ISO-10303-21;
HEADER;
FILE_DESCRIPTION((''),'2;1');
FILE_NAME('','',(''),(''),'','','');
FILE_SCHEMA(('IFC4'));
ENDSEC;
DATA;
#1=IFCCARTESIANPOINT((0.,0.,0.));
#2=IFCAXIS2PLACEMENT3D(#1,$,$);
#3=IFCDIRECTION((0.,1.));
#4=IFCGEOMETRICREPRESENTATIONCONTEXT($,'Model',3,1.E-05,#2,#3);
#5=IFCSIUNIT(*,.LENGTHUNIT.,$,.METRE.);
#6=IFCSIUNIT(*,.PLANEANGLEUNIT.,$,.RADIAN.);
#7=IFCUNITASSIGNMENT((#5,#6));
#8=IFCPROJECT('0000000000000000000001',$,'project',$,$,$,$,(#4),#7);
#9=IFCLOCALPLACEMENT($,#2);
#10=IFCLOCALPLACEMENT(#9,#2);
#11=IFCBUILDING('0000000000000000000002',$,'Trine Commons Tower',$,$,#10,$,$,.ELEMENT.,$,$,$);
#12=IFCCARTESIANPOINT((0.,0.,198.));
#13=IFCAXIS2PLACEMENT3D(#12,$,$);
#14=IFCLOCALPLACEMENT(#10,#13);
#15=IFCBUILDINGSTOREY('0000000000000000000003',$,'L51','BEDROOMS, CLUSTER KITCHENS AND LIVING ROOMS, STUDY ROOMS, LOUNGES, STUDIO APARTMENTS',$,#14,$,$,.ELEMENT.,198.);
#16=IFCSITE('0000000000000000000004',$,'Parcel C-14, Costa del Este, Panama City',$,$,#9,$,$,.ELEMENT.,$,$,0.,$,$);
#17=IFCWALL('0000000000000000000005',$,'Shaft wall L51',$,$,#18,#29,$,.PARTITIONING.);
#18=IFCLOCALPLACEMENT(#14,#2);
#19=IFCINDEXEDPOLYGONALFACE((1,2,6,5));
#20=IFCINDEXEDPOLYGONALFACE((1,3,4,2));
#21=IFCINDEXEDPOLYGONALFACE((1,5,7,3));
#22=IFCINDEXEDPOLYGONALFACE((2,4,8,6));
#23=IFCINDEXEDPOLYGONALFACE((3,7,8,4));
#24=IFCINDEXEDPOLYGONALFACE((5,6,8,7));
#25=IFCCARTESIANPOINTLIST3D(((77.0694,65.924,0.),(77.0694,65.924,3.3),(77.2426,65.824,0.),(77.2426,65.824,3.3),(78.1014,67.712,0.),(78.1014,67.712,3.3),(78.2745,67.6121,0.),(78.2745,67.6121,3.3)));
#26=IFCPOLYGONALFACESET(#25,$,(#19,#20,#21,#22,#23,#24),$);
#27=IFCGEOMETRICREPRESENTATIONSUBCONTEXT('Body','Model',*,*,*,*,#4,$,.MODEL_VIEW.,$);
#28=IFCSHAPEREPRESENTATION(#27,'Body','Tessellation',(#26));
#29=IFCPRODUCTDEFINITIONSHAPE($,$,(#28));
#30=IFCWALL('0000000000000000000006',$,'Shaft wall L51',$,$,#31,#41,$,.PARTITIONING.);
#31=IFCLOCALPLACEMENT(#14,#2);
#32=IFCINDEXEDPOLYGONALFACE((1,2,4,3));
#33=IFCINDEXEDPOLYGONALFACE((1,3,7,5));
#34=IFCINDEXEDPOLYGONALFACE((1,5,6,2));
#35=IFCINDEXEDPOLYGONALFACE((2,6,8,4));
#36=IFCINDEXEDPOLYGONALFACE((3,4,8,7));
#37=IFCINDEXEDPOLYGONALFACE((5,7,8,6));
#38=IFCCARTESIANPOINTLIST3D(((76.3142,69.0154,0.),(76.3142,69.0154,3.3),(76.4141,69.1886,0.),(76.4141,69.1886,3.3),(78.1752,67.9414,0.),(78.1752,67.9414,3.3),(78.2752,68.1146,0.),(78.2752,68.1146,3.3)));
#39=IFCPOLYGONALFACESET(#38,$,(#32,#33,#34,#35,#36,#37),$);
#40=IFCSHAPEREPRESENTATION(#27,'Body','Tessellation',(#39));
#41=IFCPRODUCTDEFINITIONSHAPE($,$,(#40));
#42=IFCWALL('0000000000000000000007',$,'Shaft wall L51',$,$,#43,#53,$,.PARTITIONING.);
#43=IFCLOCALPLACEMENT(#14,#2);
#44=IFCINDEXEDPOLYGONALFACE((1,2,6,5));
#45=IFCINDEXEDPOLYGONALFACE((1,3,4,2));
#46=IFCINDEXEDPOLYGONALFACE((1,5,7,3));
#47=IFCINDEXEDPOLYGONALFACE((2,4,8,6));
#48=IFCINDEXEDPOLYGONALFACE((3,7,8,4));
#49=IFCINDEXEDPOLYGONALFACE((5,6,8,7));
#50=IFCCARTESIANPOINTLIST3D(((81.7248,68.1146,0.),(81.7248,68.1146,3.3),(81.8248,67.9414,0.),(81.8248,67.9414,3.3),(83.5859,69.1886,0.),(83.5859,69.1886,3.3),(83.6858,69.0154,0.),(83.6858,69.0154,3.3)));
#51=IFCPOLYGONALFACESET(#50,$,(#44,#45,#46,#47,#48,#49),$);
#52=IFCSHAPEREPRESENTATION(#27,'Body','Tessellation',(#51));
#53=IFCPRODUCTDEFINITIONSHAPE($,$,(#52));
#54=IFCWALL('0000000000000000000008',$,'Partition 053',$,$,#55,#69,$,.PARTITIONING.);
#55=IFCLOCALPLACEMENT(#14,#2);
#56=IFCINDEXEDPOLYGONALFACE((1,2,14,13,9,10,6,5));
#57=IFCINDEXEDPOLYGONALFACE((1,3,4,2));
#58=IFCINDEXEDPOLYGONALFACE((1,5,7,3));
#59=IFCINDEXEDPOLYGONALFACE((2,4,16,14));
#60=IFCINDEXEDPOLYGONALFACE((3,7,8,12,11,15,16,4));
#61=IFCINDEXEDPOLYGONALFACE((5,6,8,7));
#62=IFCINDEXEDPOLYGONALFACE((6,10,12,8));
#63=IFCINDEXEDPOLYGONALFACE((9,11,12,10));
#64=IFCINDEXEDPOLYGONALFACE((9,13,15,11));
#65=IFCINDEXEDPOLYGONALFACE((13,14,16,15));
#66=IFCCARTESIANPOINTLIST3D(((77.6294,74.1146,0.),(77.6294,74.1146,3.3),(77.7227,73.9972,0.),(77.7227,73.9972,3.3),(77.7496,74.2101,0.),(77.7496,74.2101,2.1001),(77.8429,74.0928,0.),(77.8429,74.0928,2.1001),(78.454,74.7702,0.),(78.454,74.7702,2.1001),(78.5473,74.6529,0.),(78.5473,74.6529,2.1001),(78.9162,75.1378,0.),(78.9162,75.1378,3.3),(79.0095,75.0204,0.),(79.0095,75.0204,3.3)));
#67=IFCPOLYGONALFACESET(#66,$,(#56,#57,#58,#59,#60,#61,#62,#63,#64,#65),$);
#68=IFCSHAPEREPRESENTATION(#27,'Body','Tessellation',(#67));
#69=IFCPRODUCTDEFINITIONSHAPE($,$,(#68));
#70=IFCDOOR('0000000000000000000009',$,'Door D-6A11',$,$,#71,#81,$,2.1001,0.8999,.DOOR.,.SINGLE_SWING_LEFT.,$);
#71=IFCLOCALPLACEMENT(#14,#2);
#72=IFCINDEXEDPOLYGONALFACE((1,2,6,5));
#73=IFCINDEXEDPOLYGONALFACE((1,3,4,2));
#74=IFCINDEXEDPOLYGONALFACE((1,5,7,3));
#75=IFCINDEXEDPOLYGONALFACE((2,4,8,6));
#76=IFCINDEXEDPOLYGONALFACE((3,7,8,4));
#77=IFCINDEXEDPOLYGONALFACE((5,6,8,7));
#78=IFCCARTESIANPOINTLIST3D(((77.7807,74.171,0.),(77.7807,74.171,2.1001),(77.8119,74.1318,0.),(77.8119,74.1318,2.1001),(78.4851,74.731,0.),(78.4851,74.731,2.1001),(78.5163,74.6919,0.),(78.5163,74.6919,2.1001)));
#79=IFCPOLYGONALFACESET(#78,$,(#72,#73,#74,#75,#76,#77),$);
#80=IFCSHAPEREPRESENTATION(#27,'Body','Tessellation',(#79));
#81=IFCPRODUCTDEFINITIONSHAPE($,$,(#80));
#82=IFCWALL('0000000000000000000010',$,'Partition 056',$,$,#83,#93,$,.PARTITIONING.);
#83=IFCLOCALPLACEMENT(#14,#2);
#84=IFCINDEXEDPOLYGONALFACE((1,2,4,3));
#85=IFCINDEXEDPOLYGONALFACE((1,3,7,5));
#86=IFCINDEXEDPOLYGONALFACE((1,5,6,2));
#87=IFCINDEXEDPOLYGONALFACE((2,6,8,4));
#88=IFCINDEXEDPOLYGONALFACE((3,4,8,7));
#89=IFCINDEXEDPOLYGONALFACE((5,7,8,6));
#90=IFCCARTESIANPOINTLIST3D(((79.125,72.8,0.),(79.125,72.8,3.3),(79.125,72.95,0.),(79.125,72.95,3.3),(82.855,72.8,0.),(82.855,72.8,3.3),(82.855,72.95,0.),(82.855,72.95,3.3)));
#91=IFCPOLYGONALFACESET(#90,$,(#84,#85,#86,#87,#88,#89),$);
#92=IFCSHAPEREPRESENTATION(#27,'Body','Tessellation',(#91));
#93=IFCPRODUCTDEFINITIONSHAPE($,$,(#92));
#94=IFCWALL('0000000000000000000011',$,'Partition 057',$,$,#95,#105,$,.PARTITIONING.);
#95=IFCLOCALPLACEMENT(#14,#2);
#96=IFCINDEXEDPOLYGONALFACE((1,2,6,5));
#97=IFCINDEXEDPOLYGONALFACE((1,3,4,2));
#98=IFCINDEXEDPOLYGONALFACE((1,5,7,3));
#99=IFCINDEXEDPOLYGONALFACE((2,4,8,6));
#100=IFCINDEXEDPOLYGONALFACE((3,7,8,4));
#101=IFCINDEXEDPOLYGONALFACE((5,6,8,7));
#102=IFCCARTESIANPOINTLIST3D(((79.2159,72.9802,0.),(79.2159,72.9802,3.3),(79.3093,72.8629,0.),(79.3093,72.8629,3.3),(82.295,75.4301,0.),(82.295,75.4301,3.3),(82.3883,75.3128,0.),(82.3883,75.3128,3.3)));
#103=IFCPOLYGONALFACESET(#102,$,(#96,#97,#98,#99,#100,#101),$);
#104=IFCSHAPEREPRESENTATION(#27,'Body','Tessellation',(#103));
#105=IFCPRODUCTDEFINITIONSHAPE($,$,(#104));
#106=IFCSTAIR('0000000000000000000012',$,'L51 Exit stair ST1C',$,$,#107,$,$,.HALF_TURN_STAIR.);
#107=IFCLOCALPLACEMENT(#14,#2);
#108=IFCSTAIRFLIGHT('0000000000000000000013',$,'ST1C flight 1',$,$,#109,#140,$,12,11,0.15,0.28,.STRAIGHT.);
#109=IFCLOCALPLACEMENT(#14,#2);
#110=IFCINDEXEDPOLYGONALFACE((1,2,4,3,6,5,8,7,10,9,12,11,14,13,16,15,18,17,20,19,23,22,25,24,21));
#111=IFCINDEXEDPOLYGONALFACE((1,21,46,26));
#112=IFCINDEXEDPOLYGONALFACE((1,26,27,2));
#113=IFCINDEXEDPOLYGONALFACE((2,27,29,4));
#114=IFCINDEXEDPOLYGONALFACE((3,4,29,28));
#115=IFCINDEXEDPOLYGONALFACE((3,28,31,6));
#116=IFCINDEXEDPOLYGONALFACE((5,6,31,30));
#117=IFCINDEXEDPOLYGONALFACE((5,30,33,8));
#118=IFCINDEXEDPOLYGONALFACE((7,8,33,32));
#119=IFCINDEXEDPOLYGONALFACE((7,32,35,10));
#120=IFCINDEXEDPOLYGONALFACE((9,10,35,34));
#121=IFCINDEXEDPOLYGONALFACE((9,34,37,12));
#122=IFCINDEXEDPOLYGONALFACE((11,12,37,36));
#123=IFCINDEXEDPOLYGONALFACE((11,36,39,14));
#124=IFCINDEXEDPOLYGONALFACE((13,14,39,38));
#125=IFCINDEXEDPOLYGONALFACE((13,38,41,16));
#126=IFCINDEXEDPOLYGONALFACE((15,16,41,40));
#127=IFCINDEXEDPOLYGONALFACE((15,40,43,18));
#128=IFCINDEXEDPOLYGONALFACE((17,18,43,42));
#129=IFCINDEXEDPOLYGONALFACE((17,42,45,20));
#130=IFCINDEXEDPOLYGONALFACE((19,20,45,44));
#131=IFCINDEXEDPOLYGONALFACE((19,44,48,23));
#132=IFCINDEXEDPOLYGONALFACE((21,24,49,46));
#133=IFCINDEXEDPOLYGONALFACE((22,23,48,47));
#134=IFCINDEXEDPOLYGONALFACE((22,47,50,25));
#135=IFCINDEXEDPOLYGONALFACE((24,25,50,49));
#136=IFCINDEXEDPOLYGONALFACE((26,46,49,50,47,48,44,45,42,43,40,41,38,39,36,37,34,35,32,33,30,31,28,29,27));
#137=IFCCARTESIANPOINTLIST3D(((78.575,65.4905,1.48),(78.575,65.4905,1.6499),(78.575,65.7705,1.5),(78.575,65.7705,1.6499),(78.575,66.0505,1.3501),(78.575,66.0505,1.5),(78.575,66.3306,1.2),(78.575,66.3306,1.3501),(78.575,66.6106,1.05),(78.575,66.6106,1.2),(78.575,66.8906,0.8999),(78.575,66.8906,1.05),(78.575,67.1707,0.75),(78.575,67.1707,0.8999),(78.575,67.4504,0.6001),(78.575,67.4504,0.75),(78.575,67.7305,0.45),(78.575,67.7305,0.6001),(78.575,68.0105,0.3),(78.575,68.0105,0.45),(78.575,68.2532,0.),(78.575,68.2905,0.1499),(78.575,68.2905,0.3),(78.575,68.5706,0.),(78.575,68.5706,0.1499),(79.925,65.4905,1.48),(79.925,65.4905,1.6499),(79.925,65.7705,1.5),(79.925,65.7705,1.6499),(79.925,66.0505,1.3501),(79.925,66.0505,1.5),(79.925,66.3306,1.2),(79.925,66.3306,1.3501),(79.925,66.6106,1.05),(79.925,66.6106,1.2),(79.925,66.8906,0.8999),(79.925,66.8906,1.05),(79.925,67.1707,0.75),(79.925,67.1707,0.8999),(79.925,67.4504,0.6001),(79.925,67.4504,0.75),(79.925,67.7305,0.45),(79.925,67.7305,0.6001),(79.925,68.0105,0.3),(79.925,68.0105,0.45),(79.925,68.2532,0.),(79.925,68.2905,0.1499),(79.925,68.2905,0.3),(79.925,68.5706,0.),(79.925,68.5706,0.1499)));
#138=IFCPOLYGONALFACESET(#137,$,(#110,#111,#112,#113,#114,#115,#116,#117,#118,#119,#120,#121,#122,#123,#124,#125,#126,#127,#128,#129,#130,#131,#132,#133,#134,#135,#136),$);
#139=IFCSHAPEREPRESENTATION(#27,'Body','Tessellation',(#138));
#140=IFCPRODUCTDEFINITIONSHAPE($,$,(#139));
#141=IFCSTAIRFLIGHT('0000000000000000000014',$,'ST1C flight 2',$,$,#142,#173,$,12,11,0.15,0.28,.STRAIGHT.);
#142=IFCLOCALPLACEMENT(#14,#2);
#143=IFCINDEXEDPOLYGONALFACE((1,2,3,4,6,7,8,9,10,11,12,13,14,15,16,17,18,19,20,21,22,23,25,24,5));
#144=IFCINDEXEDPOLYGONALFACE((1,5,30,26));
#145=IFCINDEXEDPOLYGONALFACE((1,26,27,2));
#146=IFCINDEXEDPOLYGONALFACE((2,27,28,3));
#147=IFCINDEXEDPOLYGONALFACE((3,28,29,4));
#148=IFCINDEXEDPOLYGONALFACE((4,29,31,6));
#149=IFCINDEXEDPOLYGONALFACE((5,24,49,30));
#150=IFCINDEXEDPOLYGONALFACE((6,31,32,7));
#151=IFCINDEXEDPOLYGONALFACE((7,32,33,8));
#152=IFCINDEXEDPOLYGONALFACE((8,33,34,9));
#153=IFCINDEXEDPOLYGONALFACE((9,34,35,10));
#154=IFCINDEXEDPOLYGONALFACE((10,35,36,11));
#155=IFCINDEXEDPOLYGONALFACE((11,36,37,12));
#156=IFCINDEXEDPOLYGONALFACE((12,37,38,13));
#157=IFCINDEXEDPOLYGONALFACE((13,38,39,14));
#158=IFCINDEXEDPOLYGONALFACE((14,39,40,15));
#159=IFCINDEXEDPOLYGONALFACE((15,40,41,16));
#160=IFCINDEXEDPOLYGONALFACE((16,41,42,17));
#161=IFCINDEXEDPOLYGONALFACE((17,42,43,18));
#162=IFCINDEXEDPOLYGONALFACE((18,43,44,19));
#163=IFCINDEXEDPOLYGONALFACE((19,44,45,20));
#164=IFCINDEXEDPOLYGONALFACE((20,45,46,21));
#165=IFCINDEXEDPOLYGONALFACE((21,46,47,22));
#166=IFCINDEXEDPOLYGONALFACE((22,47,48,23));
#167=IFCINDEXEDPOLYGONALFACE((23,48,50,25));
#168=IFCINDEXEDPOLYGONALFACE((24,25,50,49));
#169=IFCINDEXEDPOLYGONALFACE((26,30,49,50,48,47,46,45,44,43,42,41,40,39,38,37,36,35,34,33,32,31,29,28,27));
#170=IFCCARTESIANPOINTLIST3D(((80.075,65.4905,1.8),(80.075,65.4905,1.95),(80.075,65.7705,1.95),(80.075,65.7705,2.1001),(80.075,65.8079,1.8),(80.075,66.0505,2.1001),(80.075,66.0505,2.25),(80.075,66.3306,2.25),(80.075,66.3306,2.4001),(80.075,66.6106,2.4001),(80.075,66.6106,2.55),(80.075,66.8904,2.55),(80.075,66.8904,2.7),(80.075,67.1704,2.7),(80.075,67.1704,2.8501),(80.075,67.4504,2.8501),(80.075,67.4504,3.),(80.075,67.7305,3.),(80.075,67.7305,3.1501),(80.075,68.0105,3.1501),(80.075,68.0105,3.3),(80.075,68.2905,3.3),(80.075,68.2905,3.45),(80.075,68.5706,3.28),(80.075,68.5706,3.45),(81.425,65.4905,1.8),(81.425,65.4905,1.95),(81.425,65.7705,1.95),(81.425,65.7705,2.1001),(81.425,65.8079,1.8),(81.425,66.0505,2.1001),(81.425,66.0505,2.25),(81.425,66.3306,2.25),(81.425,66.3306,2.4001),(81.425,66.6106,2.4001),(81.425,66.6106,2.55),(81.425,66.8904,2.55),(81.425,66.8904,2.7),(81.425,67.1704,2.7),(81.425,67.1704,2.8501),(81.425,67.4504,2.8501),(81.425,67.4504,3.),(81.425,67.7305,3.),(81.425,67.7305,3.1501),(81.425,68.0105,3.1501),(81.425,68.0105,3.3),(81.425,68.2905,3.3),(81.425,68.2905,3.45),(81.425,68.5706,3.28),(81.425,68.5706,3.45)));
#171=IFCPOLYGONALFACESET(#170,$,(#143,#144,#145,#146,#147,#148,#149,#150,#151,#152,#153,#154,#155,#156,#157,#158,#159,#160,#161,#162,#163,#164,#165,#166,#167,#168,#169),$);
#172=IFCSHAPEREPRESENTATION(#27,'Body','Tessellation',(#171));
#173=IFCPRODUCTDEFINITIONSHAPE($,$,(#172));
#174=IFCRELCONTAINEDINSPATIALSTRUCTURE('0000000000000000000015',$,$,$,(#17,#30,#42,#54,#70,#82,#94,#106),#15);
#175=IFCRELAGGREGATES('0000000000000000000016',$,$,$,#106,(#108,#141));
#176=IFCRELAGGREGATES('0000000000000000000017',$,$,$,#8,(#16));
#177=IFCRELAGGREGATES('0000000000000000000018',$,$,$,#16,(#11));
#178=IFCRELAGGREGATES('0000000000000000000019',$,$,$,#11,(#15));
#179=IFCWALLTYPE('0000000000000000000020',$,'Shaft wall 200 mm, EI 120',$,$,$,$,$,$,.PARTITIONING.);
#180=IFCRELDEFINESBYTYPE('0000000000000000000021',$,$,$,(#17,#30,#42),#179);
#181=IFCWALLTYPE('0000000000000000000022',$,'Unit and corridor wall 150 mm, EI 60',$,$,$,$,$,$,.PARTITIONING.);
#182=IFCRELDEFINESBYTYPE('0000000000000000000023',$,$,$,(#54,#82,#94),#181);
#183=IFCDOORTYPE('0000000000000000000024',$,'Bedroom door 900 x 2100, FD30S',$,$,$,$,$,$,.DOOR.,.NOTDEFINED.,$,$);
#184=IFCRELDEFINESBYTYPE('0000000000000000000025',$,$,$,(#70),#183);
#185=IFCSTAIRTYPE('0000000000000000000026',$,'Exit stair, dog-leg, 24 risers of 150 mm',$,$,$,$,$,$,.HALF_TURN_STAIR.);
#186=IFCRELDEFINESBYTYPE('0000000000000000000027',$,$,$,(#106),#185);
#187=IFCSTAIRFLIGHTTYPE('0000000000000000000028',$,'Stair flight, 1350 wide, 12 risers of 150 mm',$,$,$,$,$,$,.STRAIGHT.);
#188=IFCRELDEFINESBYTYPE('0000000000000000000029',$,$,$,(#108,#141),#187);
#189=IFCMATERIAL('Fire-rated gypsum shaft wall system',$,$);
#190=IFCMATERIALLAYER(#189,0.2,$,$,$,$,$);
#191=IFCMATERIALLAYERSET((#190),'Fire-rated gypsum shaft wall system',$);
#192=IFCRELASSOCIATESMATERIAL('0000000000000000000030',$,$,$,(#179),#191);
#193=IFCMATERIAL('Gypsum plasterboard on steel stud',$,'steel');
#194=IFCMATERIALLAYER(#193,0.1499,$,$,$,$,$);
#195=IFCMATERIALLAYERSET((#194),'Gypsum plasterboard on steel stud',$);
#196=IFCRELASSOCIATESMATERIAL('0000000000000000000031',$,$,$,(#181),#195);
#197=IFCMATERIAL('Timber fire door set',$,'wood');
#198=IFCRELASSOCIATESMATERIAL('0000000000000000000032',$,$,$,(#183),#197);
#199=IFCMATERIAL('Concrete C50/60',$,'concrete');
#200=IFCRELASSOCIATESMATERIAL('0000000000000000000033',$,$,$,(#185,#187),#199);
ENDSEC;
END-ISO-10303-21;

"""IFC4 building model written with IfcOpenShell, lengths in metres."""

from ifc_helpers import new_model, si_unit, direction, frame, frame_2d, origin, place, context, subcontext, project, spatial, polyline, rectangle, outline, extrude, material, layer, layer_set, type_object, element, fill, aggregate, save


model = new_model("IFC4")

# Units and contexts
model_context = context("Model", 3, precision=1e-05, world=origin(), true_north=direction((0.0, 1.0)))
body_context = subcontext(model_context, "Body", "Model", "MODEL_VIEW")
ifc_project = project(units=[si_unit("LENGTHUNIT", "METRE"), si_unit("PLANEANGLEUNIT", "RADIAN")], contexts=[model_context])

# Site, building, storey
site_placement = place(None, origin())
site = spatial("IfcSite", under=ifc_project, at=site_placement, Name="Parcel C-14, Costa del Este, Panama City", CompositionType="ELEMENT", RefElevation=0.0)
building_placement = place(site_placement, origin())
building = spatial("IfcBuilding", under=site, at=building_placement, Name="Trine Commons Tower", CompositionType="ELEMENT")
storey_placement = place(building_placement, frame((0.0, 0.0, 198.0)))
storey = spatial("IfcBuildingStorey", under=building, at=storey_placement, Name="L51", Description="BEDROOMS, CLUSTER KITCHENS AND LIVING ROOMS, STUDY ROOMS, LOUNGES, STUDIO APARTMENTS", CompositionType="ELEMENT", Elevation=198.0)

# Shared definitions
ifc_material_1 = material(Name="Fire-rated gypsum shaft wall system")

# Walls
ifc_layer_1 = layer(ifc_material_1, 0.2)
ifc_layer_set_1 = layer_set([ifc_layer_1], Name="Fire-rated gypsum shaft wall system")
wall_type_1 = type_object("IfcWallType", Name="Shaft wall 200 mm, EI 120", PredefinedType="PARTITIONING", material=ifc_layer_set_1)
wall_1_placement = place(storey_placement, frame((77.156, 65.874, 0.0), z_axis=(0.0, 0.0, 1.0), x_axis=(0.499866, 0.866103, 0.0)))
element("IfcWall", 1, at=wall_1_placement, inside=storey, type_object=wall_type_1, Name="Shaft wall L51", PredefinedType="PARTITIONING", context=body_context, shape_type="SweptSolid", body=[
    extrude(rectangle(XDim=2.0645, YDim=0.2, at=frame_2d((1.0322, 0.0))), origin(), (0.0, 0.0, 1.0), 3.3),
])
for number, where, z_axis, x_axis, name in (
    (2, (78.2251, 68.0281, 0.0), (0.0, 0.0, 1.0), (-0.866131, 0.499818, 0.0), "Shaft wall L51"),
    (3, (81.7749, 68.0281, 0.0), (0.0, 0.0, 1.0), (0.866131, 0.499818, 0.0), "Shaft wall L51"),
):
    element("IfcWall", number, at=place(storey_placement, frame(where, z_axis=z_axis, x_axis=x_axis)), inside=storey, type_object=wall_type_1, Name=name, PredefinedType="PARTITIONING", context=body_context, shape_type="SweptSolid", body=[
        extrude(rectangle(XDim=2.1487, YDim=0.2, at=frame_2d((1.0742, 0.0))), origin(), (0.0, 0.0, 1.0), 3.3),
    ])

# Wall, opening, door
ifc_material_2 = material(Name="Gypsum plasterboard on steel stud", Category="steel")
ifc_layer_2 = layer(ifc_material_2, 0.1499)
ifc_layer_set_2 = layer_set([ifc_layer_2], Name="Gypsum plasterboard on steel stud")
wall_type_2 = type_object("IfcWallType", Name="Unit and corridor wall 150 mm, EI 60", PredefinedType="PARTITIONING", material=ifc_layer_set_2)
wall_2_placement = place(storey_placement, frame((77.676, 74.0559, 0.0), z_axis=(0.0, 0.0, 1.0), x_axis=(0.782734, 0.622356, 0.0)))
wall_2 = element("IfcWall", 4, at=wall_2_placement, inside=storey, type_object=wall_type_2, Name="Partition 053", PredefinedType="PARTITIONING", context=body_context, shape_type="SweptSolid", body=[
    extrude(rectangle(XDim=1.644, YDim=0.1499, at=frame_2d((0.822, 0.0))), origin(), (0.0, 0.0, 1.0), 3.3),
])
opening_1_placement = place(wall_2_placement, frame((0.1536, 0.0, 0.0)))
opening_1 = element("IfcOpeningElement", 5, at=opening_1_placement, cuts=wall_2, PredefinedType="OPENING", context=body_context, shape_type="SweptSolid", body=[
    extrude(rectangle(XDim=0.8999, YDim=2.1001, at=frame_2d((0.45, 1.05))), frame((0.0, 0.085, 0.0), z_axis=(0.0, -1.0, 0.0), x_axis=(1.0, 0.0, 0.0)), (0.0, 0.0, 1.0), 0.1699),
])
ifc_material_3 = material(Name="Timber fire door set", Category="wood")
door_type_1 = type_object("IfcDoorType", Name="Bedroom door 900 x 2100, FD30S", OperationType="NOTDEFINED", PredefinedType="DOOR", material=ifc_material_3)
door_1_placement = place(opening_1_placement, origin())
door_1 = element("IfcDoor", 6, at=door_1_placement, inside=storey, type_object=door_type_1, Name="Door D-6A11", OperationType="SINGLE_SWING_LEFT", OverallHeight=2.1001, OverallWidth=0.8999, PredefinedType="DOOR", context=body_context, shape_type="SweptSolid", body=[
    extrude(rectangle(XDim=0.8999, YDim=2.1001, at=frame_2d((0.45, 1.05))), frame((0.0, 0.0249, 0.0), z_axis=(0.0, -1.0, 0.0), x_axis=(1.0, 0.0, 0.0)), (0.0, 0.0, 1.0), 0.05),
])
fill(opening_1, door_1)

# Walls
wall_3_placement = place(storey_placement, frame((79.125, 72.875, 0.0), z_axis=(0.0, 0.0, 1.0), x_axis=(1.0, 0.0, 0.0)))
element("IfcWall", 7, at=wall_3_placement, inside=storey, type_object=wall_type_2, Name="Partition 056", PredefinedType="PARTITIONING", context=body_context, shape_type="SweptSolid", body=[
    extrude(rectangle(XDim=3.73, YDim=0.1499, at=frame_2d((1.865, 0.0))), origin(), (0.0, 0.0, 1.0), 3.3),
])
wall_4_placement = place(storey_placement, frame((79.2627, 72.9216, 0.0), z_axis=(0.0, 0.0, 1.0), x_axis=(0.782519, 0.622627, 0.0)))
element("IfcWall", 8, at=wall_4_placement, inside=storey, type_object=wall_type_2, Name="Partition 057", PredefinedType="PARTITIONING", context=body_context, shape_type="SweptSolid", body=[
    extrude(rectangle(XDim=3.9348, YDim=0.1499, at=frame_2d((1.9673, 0.0))), origin(), (0.0, 0.0, 1.0), 3.3),
])

# Stair, stair flights
ifc_material_4 = material(Name="Concrete C50/60", Category="concrete")
stair_type = type_object("IfcStairType", Name="Exit stair, dog-leg, 24 risers of 150 mm", PredefinedType="HALF_TURN_STAIR", material=ifc_material_4)
stair_placement = place(storey_placement, origin())
stair = element("IfcStair", 9, at=stair_placement, inside=storey, type_object=stair_type, Name="L51 Exit stair ST1C", PredefinedType="HALF_TURN_STAIR")
stair_flight_type = type_object("IfcStairFlightType", Name="Stair flight, 1350 wide, 12 risers of 150 mm", PredefinedType="STRAIGHT", material=ifc_material_4)
stair_flight_1_placement = place(storey_placement, frame((79.25, 68.5706, 0.0), z_axis=(0.0, 0.0, 1.0), x_axis=(0.0, -1.0, 0.0)))
stair_flight_1 = element("IfcStairFlight", 10, at=stair_flight_1_placement, type_object=stair_flight_type, Name="ST1C flight 1", NumberOfRisers=12, NumberOfTreads=11, PredefinedType="STRAIGHT", RiserHeight=0.15, TreadLength=0.28, context=body_context, shape_type="SweptSolid", body=[
    extrude(outline(polyline([(0.0, 0.0), (0.0, 0.1499), (0.28, 0.1499), (0.28, 0.3), (0.5601, 0.3), (0.5601, 0.45), (0.8401, 0.45), (0.8401, 0.6001), (1.1201, 0.6001), (1.1201, 0.75), (1.3999, 0.75), (1.3999, 0.8999), (1.6799, 0.8999), (1.6799, 1.05), (1.96, 1.05), (1.96, 1.2), (2.24, 1.2), (2.24, 1.3501), (2.52, 1.3501), (2.52, 1.5), (2.8, 1.5), (2.8, 1.6499), (3.0801, 1.6499), (3.0801, 1.8), (3.0801, 1.48), (0.3174, 0.0), (0.0, 0.0)])), frame((0.0, 0.675, 0.0), z_axis=(0.0, -1.0, 0.0), x_axis=(1.0, 0.0, 0.0)), (0.0, 0.0, 1.0), 1.3501),
])
stair_flight_2_placement = place(storey_placement, frame((80.75, 65.4905, 1.8), z_axis=(0.0, 0.0, 1.0), x_axis=(0.0, 1.0, 0.0)))
stair_flight_2 = element("IfcStairFlight", 11, at=stair_flight_2_placement, type_object=stair_flight_type, Name="ST1C flight 2", NumberOfRisers=12, NumberOfTreads=11, PredefinedType="STRAIGHT", RiserHeight=0.15, TreadLength=0.28, context=body_context, shape_type="SweptSolid", body=[
    extrude(outline(polyline([(0.0, 0.0), (0.0, 0.1499), (0.28, 0.1499), (0.28, 0.3), (0.5601, 0.3), (0.5601, 0.45), (0.8401, 0.45), (0.8401, 0.6001), (1.1201, 0.6001), (1.1201, 0.75), (1.3999, 0.75), (1.3999, 0.8999), (1.6799, 0.8999), (1.6799, 1.05), (1.96, 1.05), (1.96, 1.2), (2.24, 1.2), (2.24, 1.3501), (2.52, 1.3501), (2.52, 1.5), (2.8, 1.5), (2.8, 1.6499), (3.0801, 1.6499), (3.0801, 1.8), (3.0801, 1.48), (0.3174, 0.0), (0.0, 0.0)])), frame((0.0, 0.675, 0.0), z_axis=(0.0, -1.0, 0.0), x_axis=(1.0, 0.0, 0.0)), (0.0, 0.0, 1.0), 1.3501),
])
aggregate(stair, [stair_flight_1, stair_flight_2])

save(model, "model.ifc")
